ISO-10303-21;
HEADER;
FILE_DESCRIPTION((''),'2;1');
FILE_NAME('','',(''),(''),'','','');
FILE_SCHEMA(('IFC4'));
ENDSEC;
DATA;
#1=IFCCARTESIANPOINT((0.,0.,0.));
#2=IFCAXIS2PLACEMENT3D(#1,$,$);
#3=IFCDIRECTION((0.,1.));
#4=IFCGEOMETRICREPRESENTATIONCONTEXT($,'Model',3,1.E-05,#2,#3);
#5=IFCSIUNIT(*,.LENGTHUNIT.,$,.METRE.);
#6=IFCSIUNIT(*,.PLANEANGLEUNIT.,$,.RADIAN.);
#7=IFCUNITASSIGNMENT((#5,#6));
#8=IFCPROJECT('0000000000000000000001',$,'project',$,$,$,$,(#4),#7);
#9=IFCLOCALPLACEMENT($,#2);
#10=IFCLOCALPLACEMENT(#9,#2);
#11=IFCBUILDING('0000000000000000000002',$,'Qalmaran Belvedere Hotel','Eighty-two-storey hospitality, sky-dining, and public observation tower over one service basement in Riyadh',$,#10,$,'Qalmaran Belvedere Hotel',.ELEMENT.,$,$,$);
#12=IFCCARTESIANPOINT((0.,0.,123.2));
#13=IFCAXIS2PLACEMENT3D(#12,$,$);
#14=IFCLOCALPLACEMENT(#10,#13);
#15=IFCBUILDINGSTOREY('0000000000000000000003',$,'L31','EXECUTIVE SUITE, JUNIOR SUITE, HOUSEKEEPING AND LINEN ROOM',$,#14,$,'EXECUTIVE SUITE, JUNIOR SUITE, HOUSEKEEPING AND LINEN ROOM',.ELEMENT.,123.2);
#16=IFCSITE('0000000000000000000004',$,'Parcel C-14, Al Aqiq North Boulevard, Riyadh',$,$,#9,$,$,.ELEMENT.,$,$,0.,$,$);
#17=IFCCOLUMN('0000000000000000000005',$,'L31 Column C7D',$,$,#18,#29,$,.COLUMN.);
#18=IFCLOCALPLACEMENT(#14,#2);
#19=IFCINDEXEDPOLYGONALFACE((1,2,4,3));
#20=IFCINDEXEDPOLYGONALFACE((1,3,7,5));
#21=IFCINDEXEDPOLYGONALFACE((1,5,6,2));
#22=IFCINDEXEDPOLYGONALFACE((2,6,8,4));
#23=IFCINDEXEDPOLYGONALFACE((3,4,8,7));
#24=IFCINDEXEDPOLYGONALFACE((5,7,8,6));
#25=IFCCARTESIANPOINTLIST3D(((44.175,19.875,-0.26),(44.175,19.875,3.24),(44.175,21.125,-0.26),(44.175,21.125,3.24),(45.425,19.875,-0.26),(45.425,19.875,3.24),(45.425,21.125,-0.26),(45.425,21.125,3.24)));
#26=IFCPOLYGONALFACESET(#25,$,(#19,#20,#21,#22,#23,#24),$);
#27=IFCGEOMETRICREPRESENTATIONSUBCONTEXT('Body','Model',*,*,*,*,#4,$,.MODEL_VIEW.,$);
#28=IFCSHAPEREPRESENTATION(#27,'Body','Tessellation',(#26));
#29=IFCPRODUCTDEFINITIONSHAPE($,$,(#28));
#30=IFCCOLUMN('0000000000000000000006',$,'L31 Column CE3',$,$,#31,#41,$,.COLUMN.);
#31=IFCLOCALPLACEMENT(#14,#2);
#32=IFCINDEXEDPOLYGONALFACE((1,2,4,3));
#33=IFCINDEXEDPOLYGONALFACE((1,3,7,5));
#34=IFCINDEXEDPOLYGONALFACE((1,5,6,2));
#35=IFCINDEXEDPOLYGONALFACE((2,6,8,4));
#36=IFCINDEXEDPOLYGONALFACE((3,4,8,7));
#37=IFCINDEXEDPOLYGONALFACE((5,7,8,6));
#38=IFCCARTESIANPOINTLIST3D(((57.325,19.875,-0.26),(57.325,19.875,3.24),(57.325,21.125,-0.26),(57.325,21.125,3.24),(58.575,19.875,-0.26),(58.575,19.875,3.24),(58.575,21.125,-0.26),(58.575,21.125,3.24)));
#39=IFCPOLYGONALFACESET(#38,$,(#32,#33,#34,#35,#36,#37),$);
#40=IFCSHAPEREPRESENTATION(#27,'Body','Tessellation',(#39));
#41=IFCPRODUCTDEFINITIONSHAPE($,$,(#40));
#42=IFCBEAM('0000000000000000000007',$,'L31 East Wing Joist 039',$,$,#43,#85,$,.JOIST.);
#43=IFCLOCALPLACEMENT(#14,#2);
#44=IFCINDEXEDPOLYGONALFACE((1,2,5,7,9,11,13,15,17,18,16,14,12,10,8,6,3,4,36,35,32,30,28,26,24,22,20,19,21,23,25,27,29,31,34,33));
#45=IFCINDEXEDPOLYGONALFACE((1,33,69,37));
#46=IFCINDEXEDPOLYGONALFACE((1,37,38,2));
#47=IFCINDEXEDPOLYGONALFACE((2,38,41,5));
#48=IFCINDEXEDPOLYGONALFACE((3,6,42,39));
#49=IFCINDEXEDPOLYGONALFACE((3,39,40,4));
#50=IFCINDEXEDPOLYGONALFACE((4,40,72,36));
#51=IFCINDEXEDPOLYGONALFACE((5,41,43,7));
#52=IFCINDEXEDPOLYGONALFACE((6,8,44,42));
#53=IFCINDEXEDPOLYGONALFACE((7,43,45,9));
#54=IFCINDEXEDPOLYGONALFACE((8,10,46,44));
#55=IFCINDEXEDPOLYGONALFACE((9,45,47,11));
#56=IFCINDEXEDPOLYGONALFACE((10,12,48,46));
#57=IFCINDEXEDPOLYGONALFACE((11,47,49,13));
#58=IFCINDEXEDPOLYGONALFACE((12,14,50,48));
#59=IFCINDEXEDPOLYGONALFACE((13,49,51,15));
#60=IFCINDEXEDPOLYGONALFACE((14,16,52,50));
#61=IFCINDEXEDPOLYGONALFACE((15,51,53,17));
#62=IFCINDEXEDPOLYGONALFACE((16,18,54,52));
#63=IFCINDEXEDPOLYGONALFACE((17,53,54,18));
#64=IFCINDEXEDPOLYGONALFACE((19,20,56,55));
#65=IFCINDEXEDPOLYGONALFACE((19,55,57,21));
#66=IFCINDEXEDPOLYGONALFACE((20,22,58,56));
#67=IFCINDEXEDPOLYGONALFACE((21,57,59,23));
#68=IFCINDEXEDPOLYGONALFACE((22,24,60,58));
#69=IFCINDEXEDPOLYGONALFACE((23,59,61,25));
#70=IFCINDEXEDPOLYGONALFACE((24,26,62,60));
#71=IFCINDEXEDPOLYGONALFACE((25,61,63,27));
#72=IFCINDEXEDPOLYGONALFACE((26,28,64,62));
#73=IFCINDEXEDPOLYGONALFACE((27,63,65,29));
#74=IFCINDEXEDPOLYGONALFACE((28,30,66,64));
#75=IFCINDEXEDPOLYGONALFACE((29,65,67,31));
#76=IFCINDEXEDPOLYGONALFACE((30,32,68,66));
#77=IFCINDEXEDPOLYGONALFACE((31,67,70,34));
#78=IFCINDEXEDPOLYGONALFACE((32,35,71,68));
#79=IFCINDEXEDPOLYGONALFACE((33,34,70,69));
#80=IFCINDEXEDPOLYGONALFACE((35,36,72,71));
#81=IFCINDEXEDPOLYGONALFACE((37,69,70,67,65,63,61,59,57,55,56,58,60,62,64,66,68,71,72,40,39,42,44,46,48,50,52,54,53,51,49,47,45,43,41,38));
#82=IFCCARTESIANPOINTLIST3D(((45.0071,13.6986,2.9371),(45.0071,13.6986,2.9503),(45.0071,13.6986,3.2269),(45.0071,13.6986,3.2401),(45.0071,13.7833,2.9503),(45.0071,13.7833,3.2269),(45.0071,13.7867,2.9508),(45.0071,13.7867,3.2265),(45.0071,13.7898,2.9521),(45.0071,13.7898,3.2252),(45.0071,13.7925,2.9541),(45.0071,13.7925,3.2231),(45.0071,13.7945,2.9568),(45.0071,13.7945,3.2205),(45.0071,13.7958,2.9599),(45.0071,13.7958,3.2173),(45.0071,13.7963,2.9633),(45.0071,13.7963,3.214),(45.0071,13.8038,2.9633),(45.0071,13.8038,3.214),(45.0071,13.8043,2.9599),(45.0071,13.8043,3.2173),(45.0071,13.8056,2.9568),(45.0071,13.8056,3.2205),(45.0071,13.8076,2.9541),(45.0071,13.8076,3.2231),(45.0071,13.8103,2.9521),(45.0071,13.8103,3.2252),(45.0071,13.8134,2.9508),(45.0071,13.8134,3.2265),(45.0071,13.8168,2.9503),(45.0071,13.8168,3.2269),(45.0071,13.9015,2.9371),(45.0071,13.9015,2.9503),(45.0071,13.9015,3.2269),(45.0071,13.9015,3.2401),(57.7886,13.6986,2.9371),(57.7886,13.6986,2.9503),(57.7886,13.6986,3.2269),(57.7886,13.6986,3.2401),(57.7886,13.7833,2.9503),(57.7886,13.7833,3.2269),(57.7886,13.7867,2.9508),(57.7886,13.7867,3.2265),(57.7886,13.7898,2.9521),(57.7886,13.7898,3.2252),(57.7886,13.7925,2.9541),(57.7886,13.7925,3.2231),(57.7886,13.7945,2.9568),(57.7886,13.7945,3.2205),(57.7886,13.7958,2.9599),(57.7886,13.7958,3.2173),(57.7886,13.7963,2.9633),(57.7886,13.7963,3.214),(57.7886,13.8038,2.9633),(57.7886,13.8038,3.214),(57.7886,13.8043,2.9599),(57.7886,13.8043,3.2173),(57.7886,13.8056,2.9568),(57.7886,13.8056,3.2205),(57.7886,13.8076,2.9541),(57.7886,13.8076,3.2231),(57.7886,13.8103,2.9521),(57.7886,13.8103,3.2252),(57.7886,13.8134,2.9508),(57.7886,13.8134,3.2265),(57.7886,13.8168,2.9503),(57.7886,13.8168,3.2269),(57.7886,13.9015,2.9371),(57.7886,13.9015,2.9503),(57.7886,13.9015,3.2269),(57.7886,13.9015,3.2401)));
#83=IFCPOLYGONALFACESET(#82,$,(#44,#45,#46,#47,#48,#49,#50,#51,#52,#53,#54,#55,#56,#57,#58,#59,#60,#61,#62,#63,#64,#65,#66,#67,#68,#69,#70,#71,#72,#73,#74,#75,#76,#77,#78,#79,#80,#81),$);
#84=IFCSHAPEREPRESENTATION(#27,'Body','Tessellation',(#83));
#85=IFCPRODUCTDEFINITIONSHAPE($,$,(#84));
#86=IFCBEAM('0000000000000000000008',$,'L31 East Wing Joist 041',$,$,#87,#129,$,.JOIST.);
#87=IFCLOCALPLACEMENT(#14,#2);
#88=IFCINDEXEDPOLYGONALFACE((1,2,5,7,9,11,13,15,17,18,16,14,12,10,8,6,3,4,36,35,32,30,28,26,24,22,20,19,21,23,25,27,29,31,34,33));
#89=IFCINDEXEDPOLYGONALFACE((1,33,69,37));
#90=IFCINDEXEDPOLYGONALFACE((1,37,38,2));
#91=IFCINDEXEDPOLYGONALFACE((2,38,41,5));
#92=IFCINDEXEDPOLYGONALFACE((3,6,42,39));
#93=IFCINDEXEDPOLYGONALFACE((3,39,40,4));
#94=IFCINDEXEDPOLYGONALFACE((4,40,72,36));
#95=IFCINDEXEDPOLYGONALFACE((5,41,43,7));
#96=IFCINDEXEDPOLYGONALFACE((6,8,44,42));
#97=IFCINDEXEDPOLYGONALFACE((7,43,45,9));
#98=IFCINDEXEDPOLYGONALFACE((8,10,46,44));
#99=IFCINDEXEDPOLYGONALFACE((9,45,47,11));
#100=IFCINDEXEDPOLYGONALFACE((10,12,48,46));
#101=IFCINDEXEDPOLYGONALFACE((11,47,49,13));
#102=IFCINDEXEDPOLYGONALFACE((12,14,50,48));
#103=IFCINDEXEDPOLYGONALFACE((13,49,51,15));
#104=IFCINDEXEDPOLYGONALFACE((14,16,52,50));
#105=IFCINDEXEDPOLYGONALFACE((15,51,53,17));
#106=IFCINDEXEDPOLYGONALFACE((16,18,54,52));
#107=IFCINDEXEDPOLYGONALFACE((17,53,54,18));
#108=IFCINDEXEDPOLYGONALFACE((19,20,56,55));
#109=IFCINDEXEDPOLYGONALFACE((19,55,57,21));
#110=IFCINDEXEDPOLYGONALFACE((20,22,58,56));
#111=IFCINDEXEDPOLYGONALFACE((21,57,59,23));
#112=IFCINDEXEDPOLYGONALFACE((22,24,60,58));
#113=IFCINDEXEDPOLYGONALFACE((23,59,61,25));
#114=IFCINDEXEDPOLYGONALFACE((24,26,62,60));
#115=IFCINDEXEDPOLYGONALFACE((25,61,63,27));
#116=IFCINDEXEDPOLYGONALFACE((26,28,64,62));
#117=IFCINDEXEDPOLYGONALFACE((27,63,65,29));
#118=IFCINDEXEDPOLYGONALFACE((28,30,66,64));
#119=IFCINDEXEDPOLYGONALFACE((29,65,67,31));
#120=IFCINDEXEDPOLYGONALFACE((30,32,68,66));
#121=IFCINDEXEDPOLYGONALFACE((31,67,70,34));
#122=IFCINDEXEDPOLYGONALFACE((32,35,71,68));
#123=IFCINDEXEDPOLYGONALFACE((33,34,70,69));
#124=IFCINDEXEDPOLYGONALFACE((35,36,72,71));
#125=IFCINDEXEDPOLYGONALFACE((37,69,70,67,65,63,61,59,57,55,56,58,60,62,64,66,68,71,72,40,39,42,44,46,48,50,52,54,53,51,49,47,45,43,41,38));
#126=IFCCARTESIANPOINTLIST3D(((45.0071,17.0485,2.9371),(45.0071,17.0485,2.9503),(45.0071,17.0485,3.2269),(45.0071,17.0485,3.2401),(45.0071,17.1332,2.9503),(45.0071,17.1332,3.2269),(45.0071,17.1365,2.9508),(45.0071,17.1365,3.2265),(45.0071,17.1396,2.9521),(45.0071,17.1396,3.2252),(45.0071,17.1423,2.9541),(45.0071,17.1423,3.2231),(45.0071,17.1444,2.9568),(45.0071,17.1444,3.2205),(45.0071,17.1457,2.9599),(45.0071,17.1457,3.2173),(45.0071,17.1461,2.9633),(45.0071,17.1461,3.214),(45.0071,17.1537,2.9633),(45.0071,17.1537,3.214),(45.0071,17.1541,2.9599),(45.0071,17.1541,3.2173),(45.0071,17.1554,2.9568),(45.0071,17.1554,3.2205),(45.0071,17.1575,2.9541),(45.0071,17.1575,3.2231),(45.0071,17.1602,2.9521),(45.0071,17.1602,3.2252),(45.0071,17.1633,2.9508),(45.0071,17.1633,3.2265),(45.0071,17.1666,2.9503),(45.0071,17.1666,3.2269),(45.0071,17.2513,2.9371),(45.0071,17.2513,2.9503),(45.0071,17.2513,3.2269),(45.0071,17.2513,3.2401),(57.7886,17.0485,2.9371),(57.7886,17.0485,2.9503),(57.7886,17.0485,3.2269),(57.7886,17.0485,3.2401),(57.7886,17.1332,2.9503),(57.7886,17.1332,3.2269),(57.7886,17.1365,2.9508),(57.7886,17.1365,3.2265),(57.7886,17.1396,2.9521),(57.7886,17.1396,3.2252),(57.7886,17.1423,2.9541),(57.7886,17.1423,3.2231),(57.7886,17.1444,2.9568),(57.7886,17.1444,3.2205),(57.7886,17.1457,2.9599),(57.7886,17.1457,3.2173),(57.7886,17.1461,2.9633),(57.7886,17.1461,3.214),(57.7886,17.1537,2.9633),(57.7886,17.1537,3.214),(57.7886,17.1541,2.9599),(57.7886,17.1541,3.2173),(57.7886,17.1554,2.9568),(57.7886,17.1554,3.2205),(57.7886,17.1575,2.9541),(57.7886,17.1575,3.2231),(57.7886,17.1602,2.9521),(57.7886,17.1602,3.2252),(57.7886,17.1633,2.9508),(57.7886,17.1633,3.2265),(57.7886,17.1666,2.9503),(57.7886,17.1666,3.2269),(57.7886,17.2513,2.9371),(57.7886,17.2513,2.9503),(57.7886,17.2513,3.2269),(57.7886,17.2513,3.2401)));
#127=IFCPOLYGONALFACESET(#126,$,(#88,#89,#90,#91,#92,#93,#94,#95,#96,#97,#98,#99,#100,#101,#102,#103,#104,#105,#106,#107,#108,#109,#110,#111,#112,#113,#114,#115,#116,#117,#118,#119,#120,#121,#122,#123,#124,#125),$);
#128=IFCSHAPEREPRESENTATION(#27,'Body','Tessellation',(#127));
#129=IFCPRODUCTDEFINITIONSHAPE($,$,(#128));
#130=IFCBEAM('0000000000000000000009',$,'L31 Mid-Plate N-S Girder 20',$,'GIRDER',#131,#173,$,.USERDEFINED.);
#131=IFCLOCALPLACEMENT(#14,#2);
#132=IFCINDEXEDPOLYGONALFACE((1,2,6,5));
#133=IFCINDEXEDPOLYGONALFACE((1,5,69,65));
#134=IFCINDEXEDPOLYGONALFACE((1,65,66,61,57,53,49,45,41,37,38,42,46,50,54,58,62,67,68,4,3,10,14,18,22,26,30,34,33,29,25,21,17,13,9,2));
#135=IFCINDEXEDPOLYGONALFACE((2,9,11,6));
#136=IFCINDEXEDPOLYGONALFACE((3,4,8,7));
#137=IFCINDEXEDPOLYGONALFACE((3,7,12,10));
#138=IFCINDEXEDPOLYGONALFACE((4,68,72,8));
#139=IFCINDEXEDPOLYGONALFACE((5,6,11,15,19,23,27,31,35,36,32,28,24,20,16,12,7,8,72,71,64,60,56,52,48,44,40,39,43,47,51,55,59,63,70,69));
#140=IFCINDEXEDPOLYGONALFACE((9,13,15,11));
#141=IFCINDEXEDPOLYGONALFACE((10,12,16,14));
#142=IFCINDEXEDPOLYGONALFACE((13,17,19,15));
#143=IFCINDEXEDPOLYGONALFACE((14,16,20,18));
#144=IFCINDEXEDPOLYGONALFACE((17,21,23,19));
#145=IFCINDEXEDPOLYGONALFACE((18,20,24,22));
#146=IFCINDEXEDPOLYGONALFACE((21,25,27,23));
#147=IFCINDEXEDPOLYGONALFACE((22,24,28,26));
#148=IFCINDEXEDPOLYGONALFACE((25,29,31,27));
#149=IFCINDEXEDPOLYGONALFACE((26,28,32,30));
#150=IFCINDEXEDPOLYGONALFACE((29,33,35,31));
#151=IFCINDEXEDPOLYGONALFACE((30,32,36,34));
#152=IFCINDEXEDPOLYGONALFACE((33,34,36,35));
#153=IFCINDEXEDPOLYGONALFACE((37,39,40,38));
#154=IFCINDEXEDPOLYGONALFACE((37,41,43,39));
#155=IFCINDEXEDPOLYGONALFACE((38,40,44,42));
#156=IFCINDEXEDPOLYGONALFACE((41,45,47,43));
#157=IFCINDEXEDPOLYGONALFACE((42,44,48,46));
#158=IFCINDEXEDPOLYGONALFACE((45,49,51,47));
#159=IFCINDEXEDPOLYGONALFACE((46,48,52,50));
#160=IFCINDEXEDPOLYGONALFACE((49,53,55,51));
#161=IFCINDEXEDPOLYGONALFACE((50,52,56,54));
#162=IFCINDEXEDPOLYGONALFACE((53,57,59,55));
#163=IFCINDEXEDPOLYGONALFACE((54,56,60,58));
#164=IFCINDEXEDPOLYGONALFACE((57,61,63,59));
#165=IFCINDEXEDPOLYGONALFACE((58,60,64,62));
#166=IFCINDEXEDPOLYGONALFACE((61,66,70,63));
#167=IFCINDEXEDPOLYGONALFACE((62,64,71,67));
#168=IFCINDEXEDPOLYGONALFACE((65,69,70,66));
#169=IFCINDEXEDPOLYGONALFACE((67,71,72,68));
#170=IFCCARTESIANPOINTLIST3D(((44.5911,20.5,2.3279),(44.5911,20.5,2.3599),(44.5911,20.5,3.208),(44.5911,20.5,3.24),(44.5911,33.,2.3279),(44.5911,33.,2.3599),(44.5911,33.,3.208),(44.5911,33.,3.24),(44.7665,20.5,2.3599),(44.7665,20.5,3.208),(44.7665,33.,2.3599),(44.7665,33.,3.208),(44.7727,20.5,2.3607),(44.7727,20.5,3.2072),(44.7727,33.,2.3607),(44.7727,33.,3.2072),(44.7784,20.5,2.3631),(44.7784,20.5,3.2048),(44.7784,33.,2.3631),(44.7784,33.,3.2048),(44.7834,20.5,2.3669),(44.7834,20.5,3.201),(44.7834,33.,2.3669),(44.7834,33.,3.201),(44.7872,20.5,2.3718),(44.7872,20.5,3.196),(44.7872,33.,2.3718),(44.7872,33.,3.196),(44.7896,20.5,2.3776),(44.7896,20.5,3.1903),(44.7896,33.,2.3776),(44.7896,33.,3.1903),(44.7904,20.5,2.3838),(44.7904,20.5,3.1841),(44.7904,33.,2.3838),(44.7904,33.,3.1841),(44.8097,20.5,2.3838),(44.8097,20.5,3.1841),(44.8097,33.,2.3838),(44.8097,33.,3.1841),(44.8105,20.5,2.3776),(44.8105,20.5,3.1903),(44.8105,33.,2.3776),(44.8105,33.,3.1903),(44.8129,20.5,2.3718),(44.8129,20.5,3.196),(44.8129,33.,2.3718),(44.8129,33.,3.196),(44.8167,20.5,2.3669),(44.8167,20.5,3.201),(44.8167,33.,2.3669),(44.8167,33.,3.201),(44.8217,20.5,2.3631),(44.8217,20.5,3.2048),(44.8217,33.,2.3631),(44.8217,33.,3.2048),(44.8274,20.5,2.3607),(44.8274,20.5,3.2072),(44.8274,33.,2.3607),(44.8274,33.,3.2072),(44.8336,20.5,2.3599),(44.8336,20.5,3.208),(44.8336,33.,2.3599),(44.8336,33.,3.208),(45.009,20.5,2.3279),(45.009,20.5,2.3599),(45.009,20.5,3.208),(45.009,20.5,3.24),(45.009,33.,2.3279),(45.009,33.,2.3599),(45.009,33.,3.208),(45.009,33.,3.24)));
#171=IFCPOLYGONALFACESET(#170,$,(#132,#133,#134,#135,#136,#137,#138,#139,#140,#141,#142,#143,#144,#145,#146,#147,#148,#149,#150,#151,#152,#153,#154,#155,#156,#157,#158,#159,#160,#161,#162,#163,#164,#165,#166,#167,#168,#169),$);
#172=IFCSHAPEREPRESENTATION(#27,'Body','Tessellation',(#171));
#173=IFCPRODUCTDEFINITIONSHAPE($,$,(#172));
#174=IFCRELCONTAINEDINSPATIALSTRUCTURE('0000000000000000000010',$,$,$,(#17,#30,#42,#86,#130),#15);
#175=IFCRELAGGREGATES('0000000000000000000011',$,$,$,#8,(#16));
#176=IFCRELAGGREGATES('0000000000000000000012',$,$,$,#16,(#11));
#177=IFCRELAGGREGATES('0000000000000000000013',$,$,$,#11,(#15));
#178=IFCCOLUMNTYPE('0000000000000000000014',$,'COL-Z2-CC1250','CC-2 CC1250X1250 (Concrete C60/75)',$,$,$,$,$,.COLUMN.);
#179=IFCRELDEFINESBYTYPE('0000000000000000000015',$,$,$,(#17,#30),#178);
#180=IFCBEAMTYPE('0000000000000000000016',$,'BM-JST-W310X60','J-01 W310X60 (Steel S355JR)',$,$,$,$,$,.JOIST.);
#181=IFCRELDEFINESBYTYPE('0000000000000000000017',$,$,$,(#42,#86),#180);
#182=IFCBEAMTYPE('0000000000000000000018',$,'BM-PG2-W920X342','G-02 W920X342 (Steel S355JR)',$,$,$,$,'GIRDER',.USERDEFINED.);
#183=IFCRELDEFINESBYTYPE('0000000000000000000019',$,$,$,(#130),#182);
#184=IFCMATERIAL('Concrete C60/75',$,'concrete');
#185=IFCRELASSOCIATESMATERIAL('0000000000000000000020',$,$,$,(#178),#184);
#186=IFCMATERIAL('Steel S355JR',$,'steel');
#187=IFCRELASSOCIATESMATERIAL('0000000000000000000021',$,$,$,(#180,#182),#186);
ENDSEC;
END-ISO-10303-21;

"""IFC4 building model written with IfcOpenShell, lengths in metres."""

from ifc_helpers import new_model, si_unit, direction, frame, origin, origin_2d, place, context, subcontext, project, spatial, rectangle, i_section, extrude, material, material_profile, profile_set, type_object, element, save


model = new_model("IFC4")

# Units and contexts
model_context = context("Model", 3, precision=1e-05, world=origin(), true_north=direction((0.0, 1.0)))
body_context = subcontext(model_context, "Body", "Model", "MODEL_VIEW")
ifc_project = project(units=[si_unit("LENGTHUNIT", "METRE"), si_unit("PLANEANGLEUNIT", "RADIAN")], contexts=[model_context])

# Site, building, storey
site_placement = place(None, origin())
site = spatial("IfcSite", under=ifc_project, at=site_placement, Name="Parcel C-14, Al Aqiq North Boulevard, Riyadh", CompositionType="ELEMENT", RefElevation=0.0)
building_placement = place(site_placement, origin())
building = spatial("IfcBuilding", under=site, at=building_placement, Name="Qalmaran Belvedere Hotel", Description="Eighty-two-storey hospitality, sky-dining, and public observation tower over one service basement in Riyadh", LongName="Qalmaran Belvedere Hotel", CompositionType="ELEMENT")
storey_placement = place(building_placement, frame((0.0, 0.0, 123.2)))
storey = spatial("IfcBuildingStorey", under=building, at=storey_placement, Name="L31", Description="EXECUTIVE SUITE, JUNIOR SUITE, HOUSEKEEPING AND LINEN ROOM", LongName="EXECUTIVE SUITE, JUNIOR SUITE, HOUSEKEEPING AND LINEN ROOM", CompositionType="ELEMENT", Elevation=123.2)

# Columns
ifc_material_1 = material(Name="Concrete C60/75", Category="concrete")
ifc_material_profile_1 = material_profile(ifc_material_1, rectangle(XDim=1.25, YDim=1.25, at=origin_2d()), Name="CC1250X1250")
ifc_profile_set_1 = profile_set([ifc_material_profile_1], Name="Concrete C60/75")
column_type = type_object("IfcColumnType", Name="COL-Z2-CC1250", Description="CC-2 CC1250X1250 (Concrete C60/75)", PredefinedType="COLUMN", material=ifc_profile_set_1)
for number, where, z_axis, x_axis, name in (
    (1, (44.8, 20.5, -0.26), (0.0, 0.0, 1.0), (1.0, 0.0, 0.0), "L31 Column C7D"),
    (2, (57.95, 20.5, -0.26), (0.0, 0.0, 1.0), (1.0, 0.0, 0.0), "L31 Column CE3"),
):
    element("IfcColumn", number, at=place(storey_placement, frame(where, z_axis=z_axis, x_axis=x_axis)), inside=storey, type_object=column_type, Name=name, PredefinedType="COLUMN", context=body_context, shape_type="SweptSolid", body=[
        extrude(rectangle(XDim=1.25, YDim=1.25, at=origin_2d()), origin(), (0.0, 0.0, 1.0), 3.5),
    ])

# Beams
ifc_material_2 = material(Name="Steel S355JR", Category="steel")
ifc_material_profile_2 = material_profile(ifc_material_2, i_section(OverallWidth=0.2029, OverallDepth=0.303, WebThickness=0.0076, FlangeThickness=0.0132, FilletRadius=0.0129, at=origin_2d()), Name="W310X60")
ifc_profile_set_2 = profile_set([ifc_material_profile_2], Name="Steel S355JR")
beam_type_1 = type_object("IfcBeamType", Name="BM-JST-W310X60", Description="J-01 W310X60 (Steel S355JR)", PredefinedType="JOIST", material=ifc_profile_set_2)
for number, where, z_axis, x_axis, name in (
    (3, (45.0071, 13.8, 3.0886), (1.0, 0.0, 0.0), (0.0, 1.0, 0.0), "L31 East Wing Joist 039"),
    (4, (45.0071, 17.1499, 3.0886), (1.0, 0.0, 0.0), (0.0, 1.0, 0.0), "L31 East Wing Joist 041"),
):
    element("IfcBeam", number, at=place(storey_placement, frame(where, z_axis=z_axis, x_axis=x_axis)), inside=storey, type_object=beam_type_1, Name=name, PredefinedType="JOIST", context=body_context, shape_type="SweptSolid", body=[
        extrude(i_section(OverallWidth=0.2029, OverallDepth=0.303, WebThickness=0.0076, FlangeThickness=0.0132, FilletRadius=0.0129, at=origin_2d()), origin(), (0.0, 0.0, 1.0), 12.7815),
    ])
ifc_material_profile_3 = material_profile(ifc_material_2, i_section(OverallWidth=0.418, OverallDepth=0.9121, WebThickness=0.0193, FlangeThickness=0.032, FilletRadius=0.0239, at=origin_2d()), Name="W920X342")
ifc_profile_set_3 = profile_set([ifc_material_profile_3], Name="Steel S355JR")
beam_type_2 = type_object("IfcBeamType", Name="BM-PG2-W920X342", Description="G-02 W920X342 (Steel S355JR)", ElementType="GIRDER", PredefinedType="USERDEFINED", material=ifc_profile_set_3)
beam_1_placement = place(storey_placement, frame((44.8, 20.5, 2.7839), z_axis=(0.0, 1.0, 0.0), x_axis=(-1.0, 0.0, 0.0)))
element("IfcBeam", 5, at=beam_1_placement, inside=storey, type_object=beam_type_2, Name="L31 Mid-Plate N-S Girder 20", ObjectType="GIRDER", PredefinedType="USERDEFINED", context=body_context, shape_type="SweptSolid", body=[
    extrude(i_section(OverallWidth=0.418, OverallDepth=0.9121, WebThickness=0.0193, FlangeThickness=0.032, FilletRadius=0.0239, at=origin_2d()), origin(), (0.0, 0.0, 1.0), 12.5),
])

save(model, "model.ifc")
